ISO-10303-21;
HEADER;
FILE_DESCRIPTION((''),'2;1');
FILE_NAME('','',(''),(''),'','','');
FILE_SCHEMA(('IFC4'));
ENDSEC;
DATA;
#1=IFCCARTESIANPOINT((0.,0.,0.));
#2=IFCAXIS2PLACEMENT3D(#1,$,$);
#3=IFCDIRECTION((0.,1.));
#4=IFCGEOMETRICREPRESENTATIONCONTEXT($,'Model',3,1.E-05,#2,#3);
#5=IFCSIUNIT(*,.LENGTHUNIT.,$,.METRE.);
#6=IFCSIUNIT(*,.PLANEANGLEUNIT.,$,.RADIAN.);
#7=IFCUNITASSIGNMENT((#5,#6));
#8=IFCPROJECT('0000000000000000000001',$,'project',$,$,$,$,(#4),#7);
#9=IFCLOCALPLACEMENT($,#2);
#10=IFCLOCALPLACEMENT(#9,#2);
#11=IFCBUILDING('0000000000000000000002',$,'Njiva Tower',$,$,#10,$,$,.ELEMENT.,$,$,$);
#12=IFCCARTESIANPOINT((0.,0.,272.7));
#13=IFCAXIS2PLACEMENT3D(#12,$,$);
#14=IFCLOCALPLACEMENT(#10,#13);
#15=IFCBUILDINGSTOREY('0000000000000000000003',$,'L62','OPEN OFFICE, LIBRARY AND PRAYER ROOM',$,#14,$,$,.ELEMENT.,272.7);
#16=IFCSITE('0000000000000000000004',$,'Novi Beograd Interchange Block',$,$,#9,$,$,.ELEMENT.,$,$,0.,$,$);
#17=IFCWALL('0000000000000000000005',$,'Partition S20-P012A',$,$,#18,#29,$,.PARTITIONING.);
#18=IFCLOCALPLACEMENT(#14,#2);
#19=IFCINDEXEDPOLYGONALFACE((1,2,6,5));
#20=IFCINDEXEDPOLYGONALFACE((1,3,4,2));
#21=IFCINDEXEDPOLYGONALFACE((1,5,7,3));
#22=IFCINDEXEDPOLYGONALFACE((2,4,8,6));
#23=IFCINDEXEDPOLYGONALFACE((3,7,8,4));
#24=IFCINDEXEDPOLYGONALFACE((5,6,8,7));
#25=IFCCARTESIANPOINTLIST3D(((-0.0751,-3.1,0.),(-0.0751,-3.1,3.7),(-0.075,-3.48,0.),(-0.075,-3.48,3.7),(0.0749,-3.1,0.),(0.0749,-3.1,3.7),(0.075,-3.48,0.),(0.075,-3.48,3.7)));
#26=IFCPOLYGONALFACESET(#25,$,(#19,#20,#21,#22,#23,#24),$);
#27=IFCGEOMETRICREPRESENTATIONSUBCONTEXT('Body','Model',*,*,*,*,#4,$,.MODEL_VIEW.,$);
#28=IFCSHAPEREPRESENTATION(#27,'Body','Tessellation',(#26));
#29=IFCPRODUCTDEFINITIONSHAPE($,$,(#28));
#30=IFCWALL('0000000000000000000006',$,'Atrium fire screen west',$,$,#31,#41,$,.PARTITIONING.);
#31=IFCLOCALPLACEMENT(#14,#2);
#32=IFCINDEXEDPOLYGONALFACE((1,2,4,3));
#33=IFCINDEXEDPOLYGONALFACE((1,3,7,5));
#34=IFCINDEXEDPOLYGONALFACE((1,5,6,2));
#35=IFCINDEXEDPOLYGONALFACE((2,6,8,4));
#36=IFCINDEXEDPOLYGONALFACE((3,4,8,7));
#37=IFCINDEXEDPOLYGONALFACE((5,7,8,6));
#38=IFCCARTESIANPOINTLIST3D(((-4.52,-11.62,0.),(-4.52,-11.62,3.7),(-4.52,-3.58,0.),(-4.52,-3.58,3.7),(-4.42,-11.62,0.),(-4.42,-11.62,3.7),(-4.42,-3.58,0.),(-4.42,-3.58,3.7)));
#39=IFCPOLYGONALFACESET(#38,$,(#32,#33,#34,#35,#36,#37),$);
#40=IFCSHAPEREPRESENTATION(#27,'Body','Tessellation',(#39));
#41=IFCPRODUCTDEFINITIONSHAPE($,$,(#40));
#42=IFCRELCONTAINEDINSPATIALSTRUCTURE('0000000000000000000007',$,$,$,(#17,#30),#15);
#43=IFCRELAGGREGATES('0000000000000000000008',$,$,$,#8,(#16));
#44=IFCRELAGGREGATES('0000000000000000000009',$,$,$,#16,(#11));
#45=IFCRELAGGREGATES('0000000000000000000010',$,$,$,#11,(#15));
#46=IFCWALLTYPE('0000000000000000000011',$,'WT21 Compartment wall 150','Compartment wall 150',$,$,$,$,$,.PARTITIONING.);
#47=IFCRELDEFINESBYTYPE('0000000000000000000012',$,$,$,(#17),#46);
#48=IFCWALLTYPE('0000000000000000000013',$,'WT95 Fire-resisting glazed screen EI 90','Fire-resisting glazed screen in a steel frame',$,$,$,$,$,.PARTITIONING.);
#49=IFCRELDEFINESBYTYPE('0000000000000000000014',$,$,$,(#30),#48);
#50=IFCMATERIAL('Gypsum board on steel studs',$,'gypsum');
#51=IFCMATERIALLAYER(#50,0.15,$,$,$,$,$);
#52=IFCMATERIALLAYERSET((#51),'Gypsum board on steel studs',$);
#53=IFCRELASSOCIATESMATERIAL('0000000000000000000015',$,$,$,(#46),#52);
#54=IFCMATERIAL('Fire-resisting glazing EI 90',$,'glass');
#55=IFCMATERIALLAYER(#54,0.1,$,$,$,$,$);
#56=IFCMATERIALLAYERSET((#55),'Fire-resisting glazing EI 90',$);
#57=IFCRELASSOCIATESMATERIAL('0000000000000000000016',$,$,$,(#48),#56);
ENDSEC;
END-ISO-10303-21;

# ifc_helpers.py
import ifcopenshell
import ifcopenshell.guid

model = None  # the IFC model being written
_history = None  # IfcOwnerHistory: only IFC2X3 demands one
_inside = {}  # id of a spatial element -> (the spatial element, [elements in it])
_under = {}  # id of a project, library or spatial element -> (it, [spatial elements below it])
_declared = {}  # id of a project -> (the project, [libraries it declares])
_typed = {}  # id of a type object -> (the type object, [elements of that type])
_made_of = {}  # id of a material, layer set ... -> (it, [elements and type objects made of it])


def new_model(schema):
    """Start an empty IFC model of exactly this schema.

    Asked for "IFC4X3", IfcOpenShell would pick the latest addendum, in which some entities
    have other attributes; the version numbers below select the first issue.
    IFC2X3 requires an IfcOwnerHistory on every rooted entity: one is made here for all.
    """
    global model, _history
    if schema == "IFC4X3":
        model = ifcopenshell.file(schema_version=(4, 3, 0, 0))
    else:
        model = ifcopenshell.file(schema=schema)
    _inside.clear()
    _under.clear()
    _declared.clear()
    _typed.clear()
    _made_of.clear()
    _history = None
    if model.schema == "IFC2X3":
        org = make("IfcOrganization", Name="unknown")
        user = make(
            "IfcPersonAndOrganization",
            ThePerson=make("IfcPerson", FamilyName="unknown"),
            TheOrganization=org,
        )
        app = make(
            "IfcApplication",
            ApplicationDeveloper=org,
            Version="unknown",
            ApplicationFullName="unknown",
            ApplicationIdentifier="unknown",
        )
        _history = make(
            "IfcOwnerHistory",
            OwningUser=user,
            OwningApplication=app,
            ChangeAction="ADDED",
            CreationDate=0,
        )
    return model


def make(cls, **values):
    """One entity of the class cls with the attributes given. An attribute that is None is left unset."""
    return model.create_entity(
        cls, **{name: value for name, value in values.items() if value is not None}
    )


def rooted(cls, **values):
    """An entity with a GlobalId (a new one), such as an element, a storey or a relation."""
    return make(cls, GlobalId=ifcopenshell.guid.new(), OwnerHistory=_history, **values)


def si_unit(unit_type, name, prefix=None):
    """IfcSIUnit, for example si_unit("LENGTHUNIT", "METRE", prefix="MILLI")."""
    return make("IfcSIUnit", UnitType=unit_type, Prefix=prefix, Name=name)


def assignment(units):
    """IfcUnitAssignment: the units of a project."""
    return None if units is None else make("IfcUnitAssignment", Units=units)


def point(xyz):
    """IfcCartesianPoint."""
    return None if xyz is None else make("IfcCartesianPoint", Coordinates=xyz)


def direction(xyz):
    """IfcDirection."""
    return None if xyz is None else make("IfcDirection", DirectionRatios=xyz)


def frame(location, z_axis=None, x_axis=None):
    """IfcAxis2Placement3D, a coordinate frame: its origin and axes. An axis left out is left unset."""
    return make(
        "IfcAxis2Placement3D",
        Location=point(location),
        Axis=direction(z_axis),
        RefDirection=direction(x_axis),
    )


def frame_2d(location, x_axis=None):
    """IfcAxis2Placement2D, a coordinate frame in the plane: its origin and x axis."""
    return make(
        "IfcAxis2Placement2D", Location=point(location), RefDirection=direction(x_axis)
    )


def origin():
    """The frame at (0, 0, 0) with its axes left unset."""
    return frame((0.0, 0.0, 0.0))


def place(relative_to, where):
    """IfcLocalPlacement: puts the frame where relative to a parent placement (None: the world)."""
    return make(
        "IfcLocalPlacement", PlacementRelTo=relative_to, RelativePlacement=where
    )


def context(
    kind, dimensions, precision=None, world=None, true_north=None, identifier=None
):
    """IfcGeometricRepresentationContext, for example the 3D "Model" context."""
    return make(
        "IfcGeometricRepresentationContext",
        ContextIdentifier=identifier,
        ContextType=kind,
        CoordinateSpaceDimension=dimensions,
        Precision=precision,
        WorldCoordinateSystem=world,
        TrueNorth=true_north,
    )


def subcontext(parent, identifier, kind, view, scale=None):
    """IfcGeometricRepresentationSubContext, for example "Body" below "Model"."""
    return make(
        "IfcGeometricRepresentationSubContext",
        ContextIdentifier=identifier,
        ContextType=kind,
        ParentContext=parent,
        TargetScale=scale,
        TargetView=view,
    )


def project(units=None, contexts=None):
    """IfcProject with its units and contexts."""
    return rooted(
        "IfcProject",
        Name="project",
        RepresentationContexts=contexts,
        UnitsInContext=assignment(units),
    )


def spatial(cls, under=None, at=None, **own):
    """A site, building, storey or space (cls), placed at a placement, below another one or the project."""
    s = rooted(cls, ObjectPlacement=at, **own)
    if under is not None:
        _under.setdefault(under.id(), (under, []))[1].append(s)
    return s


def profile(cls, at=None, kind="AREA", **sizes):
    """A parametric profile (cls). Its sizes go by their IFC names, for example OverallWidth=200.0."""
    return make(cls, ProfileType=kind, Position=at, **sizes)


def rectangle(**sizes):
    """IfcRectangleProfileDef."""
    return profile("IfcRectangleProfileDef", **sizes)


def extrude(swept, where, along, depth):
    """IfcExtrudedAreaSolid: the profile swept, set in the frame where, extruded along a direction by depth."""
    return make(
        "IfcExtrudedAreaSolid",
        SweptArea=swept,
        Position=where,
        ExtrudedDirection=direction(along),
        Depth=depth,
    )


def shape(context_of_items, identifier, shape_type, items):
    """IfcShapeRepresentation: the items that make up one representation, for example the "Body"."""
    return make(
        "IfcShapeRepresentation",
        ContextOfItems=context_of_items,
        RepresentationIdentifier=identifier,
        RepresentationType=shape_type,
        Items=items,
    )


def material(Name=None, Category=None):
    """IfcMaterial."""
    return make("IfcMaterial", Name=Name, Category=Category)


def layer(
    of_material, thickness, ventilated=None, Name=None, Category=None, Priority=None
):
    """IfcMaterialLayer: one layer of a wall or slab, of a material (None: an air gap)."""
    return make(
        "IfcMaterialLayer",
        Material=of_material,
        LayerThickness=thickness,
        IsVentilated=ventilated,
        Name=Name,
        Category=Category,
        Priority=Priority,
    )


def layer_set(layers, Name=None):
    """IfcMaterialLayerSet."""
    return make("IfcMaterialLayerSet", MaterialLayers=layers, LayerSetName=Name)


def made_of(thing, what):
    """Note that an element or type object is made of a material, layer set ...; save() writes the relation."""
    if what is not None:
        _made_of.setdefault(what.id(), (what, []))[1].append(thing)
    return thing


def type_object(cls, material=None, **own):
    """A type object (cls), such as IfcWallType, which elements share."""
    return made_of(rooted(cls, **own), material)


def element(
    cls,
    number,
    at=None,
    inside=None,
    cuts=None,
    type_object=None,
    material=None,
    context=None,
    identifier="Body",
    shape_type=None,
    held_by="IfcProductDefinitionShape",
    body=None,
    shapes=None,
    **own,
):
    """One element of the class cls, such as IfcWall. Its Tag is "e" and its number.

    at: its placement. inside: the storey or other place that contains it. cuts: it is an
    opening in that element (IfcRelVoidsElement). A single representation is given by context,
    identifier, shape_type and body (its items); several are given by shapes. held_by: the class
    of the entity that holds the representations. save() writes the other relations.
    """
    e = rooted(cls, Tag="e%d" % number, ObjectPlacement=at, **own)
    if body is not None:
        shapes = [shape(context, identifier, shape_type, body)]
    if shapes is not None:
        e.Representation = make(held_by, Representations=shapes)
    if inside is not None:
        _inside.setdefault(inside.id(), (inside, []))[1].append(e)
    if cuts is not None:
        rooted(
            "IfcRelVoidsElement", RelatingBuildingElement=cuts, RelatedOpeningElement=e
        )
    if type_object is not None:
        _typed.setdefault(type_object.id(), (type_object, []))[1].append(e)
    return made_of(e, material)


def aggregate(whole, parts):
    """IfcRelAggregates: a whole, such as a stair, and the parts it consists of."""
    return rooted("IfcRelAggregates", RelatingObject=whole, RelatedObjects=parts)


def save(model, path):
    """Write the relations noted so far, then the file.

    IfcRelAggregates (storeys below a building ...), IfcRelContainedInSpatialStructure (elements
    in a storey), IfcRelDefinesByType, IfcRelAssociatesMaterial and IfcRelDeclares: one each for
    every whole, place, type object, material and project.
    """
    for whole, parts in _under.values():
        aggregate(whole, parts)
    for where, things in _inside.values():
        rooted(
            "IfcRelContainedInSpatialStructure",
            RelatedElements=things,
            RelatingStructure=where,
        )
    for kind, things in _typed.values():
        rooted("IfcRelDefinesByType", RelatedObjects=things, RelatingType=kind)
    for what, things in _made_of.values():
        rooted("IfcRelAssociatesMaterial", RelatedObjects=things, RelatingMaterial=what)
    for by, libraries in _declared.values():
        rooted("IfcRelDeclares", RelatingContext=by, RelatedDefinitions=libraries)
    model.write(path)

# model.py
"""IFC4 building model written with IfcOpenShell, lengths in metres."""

from ifc_helpers import new_model, si_unit, direction, frame, frame_2d, origin, place, context, subcontext, project, spatial, rectangle, extrude, material, layer, layer_set, type_object, element, save


model = new_model("IFC4")

# Units and contexts
model_context = context("Model", 3, precision=1e-05, world=origin(), true_north=direction((0.0, 1.0)))
body_context = subcontext(model_context, "Body", "Model", "MODEL_VIEW")
ifc_project = project(units=[si_unit("LENGTHUNIT", "METRE"), si_unit("PLANEANGLEUNIT", "RADIAN")], contexts=[model_context])

# Site, building, storey
site_placement = place(None, origin())
site = spatial("IfcSite", under=ifc_project, at=site_placement, Name="Novi Beograd Interchange Block", CompositionType="ELEMENT", RefElevation=0.0)
building_placement = place(site_placement, origin())
building = spatial("IfcBuilding", under=site, at=building_placement, Name="Njiva Tower", CompositionType="ELEMENT")
storey_placement = place(building_placement, frame((0.0, 0.0, 272.7)))
storey = spatial("IfcBuildingStorey", under=building, at=storey_placement, Name="L62", Description="OPEN OFFICE, LIBRARY AND PRAYER ROOM", CompositionType="ELEMENT", Elevation=272.7)

# Shared definitions
ifc_material_1 = material(Name="Gypsum board on steel studs", Category="gypsum")
ifc_layer_1 = layer(ifc_material_1, 0.15)
ifc_layer_set_1 = layer_set([ifc_layer_1], Name="Gypsum board on steel studs")
wall_type_1 = type_object("IfcWallType", Name="WT21 Compartment wall 150", Description="Compartment wall 150", PredefinedType="PARTITIONING", material=ifc_layer_set_1)

# Walls
wall_1_placement = place(storey_placement, frame((-0.0001, -3.1, 0.0), z_axis=(0.0, 0.0, 1.0), x_axis=(0.000263, -1.0, 0.0)))
element("IfcWall", 1, at=wall_1_placement, inside=storey, type_object=wall_type_1, Name="Partition S20-P012A", PredefinedType="PARTITIONING", context=body_context, shape_type="SweptSolid", body=[
    extrude(rectangle(XDim=0.38, YDim=0.15, at=frame_2d((0.19, 0.0))), origin(), (0.0, 0.0, 1.0), 3.7),
])
ifc_material_2 = material(Name="Fire-resisting glazing EI 90", Category="glass")
ifc_layer_2 = layer(ifc_material_2, 0.1)
ifc_layer_set_2 = layer_set([ifc_layer_2], Name="Fire-resisting glazing EI 90")
wall_type_2 = type_object("IfcWallType", Name="WT95 Fire-resisting glazed screen EI 90", Description="Fire-resisting glazed screen in a steel frame", PredefinedType="PARTITIONING", material=ifc_layer_set_2)
wall_2_placement = place(storey_placement, frame((-4.47, -3.58, 0.0), z_axis=(0.0, 0.0, 1.0), x_axis=(0.0, -1.0, 0.0)))
element("IfcWall", 2, at=wall_2_placement, inside=storey, type_object=wall_type_2, Name="Atrium fire screen west", PredefinedType="PARTITIONING", context=body_context, shape_type="SweptSolid", body=[
    extrude(rectangle(XDim=8.04, YDim=0.1, at=frame_2d((4.02, 0.0))), origin(), (0.0, 0.0, 1.0), 3.7),
])

save(model, "model.ifc")
